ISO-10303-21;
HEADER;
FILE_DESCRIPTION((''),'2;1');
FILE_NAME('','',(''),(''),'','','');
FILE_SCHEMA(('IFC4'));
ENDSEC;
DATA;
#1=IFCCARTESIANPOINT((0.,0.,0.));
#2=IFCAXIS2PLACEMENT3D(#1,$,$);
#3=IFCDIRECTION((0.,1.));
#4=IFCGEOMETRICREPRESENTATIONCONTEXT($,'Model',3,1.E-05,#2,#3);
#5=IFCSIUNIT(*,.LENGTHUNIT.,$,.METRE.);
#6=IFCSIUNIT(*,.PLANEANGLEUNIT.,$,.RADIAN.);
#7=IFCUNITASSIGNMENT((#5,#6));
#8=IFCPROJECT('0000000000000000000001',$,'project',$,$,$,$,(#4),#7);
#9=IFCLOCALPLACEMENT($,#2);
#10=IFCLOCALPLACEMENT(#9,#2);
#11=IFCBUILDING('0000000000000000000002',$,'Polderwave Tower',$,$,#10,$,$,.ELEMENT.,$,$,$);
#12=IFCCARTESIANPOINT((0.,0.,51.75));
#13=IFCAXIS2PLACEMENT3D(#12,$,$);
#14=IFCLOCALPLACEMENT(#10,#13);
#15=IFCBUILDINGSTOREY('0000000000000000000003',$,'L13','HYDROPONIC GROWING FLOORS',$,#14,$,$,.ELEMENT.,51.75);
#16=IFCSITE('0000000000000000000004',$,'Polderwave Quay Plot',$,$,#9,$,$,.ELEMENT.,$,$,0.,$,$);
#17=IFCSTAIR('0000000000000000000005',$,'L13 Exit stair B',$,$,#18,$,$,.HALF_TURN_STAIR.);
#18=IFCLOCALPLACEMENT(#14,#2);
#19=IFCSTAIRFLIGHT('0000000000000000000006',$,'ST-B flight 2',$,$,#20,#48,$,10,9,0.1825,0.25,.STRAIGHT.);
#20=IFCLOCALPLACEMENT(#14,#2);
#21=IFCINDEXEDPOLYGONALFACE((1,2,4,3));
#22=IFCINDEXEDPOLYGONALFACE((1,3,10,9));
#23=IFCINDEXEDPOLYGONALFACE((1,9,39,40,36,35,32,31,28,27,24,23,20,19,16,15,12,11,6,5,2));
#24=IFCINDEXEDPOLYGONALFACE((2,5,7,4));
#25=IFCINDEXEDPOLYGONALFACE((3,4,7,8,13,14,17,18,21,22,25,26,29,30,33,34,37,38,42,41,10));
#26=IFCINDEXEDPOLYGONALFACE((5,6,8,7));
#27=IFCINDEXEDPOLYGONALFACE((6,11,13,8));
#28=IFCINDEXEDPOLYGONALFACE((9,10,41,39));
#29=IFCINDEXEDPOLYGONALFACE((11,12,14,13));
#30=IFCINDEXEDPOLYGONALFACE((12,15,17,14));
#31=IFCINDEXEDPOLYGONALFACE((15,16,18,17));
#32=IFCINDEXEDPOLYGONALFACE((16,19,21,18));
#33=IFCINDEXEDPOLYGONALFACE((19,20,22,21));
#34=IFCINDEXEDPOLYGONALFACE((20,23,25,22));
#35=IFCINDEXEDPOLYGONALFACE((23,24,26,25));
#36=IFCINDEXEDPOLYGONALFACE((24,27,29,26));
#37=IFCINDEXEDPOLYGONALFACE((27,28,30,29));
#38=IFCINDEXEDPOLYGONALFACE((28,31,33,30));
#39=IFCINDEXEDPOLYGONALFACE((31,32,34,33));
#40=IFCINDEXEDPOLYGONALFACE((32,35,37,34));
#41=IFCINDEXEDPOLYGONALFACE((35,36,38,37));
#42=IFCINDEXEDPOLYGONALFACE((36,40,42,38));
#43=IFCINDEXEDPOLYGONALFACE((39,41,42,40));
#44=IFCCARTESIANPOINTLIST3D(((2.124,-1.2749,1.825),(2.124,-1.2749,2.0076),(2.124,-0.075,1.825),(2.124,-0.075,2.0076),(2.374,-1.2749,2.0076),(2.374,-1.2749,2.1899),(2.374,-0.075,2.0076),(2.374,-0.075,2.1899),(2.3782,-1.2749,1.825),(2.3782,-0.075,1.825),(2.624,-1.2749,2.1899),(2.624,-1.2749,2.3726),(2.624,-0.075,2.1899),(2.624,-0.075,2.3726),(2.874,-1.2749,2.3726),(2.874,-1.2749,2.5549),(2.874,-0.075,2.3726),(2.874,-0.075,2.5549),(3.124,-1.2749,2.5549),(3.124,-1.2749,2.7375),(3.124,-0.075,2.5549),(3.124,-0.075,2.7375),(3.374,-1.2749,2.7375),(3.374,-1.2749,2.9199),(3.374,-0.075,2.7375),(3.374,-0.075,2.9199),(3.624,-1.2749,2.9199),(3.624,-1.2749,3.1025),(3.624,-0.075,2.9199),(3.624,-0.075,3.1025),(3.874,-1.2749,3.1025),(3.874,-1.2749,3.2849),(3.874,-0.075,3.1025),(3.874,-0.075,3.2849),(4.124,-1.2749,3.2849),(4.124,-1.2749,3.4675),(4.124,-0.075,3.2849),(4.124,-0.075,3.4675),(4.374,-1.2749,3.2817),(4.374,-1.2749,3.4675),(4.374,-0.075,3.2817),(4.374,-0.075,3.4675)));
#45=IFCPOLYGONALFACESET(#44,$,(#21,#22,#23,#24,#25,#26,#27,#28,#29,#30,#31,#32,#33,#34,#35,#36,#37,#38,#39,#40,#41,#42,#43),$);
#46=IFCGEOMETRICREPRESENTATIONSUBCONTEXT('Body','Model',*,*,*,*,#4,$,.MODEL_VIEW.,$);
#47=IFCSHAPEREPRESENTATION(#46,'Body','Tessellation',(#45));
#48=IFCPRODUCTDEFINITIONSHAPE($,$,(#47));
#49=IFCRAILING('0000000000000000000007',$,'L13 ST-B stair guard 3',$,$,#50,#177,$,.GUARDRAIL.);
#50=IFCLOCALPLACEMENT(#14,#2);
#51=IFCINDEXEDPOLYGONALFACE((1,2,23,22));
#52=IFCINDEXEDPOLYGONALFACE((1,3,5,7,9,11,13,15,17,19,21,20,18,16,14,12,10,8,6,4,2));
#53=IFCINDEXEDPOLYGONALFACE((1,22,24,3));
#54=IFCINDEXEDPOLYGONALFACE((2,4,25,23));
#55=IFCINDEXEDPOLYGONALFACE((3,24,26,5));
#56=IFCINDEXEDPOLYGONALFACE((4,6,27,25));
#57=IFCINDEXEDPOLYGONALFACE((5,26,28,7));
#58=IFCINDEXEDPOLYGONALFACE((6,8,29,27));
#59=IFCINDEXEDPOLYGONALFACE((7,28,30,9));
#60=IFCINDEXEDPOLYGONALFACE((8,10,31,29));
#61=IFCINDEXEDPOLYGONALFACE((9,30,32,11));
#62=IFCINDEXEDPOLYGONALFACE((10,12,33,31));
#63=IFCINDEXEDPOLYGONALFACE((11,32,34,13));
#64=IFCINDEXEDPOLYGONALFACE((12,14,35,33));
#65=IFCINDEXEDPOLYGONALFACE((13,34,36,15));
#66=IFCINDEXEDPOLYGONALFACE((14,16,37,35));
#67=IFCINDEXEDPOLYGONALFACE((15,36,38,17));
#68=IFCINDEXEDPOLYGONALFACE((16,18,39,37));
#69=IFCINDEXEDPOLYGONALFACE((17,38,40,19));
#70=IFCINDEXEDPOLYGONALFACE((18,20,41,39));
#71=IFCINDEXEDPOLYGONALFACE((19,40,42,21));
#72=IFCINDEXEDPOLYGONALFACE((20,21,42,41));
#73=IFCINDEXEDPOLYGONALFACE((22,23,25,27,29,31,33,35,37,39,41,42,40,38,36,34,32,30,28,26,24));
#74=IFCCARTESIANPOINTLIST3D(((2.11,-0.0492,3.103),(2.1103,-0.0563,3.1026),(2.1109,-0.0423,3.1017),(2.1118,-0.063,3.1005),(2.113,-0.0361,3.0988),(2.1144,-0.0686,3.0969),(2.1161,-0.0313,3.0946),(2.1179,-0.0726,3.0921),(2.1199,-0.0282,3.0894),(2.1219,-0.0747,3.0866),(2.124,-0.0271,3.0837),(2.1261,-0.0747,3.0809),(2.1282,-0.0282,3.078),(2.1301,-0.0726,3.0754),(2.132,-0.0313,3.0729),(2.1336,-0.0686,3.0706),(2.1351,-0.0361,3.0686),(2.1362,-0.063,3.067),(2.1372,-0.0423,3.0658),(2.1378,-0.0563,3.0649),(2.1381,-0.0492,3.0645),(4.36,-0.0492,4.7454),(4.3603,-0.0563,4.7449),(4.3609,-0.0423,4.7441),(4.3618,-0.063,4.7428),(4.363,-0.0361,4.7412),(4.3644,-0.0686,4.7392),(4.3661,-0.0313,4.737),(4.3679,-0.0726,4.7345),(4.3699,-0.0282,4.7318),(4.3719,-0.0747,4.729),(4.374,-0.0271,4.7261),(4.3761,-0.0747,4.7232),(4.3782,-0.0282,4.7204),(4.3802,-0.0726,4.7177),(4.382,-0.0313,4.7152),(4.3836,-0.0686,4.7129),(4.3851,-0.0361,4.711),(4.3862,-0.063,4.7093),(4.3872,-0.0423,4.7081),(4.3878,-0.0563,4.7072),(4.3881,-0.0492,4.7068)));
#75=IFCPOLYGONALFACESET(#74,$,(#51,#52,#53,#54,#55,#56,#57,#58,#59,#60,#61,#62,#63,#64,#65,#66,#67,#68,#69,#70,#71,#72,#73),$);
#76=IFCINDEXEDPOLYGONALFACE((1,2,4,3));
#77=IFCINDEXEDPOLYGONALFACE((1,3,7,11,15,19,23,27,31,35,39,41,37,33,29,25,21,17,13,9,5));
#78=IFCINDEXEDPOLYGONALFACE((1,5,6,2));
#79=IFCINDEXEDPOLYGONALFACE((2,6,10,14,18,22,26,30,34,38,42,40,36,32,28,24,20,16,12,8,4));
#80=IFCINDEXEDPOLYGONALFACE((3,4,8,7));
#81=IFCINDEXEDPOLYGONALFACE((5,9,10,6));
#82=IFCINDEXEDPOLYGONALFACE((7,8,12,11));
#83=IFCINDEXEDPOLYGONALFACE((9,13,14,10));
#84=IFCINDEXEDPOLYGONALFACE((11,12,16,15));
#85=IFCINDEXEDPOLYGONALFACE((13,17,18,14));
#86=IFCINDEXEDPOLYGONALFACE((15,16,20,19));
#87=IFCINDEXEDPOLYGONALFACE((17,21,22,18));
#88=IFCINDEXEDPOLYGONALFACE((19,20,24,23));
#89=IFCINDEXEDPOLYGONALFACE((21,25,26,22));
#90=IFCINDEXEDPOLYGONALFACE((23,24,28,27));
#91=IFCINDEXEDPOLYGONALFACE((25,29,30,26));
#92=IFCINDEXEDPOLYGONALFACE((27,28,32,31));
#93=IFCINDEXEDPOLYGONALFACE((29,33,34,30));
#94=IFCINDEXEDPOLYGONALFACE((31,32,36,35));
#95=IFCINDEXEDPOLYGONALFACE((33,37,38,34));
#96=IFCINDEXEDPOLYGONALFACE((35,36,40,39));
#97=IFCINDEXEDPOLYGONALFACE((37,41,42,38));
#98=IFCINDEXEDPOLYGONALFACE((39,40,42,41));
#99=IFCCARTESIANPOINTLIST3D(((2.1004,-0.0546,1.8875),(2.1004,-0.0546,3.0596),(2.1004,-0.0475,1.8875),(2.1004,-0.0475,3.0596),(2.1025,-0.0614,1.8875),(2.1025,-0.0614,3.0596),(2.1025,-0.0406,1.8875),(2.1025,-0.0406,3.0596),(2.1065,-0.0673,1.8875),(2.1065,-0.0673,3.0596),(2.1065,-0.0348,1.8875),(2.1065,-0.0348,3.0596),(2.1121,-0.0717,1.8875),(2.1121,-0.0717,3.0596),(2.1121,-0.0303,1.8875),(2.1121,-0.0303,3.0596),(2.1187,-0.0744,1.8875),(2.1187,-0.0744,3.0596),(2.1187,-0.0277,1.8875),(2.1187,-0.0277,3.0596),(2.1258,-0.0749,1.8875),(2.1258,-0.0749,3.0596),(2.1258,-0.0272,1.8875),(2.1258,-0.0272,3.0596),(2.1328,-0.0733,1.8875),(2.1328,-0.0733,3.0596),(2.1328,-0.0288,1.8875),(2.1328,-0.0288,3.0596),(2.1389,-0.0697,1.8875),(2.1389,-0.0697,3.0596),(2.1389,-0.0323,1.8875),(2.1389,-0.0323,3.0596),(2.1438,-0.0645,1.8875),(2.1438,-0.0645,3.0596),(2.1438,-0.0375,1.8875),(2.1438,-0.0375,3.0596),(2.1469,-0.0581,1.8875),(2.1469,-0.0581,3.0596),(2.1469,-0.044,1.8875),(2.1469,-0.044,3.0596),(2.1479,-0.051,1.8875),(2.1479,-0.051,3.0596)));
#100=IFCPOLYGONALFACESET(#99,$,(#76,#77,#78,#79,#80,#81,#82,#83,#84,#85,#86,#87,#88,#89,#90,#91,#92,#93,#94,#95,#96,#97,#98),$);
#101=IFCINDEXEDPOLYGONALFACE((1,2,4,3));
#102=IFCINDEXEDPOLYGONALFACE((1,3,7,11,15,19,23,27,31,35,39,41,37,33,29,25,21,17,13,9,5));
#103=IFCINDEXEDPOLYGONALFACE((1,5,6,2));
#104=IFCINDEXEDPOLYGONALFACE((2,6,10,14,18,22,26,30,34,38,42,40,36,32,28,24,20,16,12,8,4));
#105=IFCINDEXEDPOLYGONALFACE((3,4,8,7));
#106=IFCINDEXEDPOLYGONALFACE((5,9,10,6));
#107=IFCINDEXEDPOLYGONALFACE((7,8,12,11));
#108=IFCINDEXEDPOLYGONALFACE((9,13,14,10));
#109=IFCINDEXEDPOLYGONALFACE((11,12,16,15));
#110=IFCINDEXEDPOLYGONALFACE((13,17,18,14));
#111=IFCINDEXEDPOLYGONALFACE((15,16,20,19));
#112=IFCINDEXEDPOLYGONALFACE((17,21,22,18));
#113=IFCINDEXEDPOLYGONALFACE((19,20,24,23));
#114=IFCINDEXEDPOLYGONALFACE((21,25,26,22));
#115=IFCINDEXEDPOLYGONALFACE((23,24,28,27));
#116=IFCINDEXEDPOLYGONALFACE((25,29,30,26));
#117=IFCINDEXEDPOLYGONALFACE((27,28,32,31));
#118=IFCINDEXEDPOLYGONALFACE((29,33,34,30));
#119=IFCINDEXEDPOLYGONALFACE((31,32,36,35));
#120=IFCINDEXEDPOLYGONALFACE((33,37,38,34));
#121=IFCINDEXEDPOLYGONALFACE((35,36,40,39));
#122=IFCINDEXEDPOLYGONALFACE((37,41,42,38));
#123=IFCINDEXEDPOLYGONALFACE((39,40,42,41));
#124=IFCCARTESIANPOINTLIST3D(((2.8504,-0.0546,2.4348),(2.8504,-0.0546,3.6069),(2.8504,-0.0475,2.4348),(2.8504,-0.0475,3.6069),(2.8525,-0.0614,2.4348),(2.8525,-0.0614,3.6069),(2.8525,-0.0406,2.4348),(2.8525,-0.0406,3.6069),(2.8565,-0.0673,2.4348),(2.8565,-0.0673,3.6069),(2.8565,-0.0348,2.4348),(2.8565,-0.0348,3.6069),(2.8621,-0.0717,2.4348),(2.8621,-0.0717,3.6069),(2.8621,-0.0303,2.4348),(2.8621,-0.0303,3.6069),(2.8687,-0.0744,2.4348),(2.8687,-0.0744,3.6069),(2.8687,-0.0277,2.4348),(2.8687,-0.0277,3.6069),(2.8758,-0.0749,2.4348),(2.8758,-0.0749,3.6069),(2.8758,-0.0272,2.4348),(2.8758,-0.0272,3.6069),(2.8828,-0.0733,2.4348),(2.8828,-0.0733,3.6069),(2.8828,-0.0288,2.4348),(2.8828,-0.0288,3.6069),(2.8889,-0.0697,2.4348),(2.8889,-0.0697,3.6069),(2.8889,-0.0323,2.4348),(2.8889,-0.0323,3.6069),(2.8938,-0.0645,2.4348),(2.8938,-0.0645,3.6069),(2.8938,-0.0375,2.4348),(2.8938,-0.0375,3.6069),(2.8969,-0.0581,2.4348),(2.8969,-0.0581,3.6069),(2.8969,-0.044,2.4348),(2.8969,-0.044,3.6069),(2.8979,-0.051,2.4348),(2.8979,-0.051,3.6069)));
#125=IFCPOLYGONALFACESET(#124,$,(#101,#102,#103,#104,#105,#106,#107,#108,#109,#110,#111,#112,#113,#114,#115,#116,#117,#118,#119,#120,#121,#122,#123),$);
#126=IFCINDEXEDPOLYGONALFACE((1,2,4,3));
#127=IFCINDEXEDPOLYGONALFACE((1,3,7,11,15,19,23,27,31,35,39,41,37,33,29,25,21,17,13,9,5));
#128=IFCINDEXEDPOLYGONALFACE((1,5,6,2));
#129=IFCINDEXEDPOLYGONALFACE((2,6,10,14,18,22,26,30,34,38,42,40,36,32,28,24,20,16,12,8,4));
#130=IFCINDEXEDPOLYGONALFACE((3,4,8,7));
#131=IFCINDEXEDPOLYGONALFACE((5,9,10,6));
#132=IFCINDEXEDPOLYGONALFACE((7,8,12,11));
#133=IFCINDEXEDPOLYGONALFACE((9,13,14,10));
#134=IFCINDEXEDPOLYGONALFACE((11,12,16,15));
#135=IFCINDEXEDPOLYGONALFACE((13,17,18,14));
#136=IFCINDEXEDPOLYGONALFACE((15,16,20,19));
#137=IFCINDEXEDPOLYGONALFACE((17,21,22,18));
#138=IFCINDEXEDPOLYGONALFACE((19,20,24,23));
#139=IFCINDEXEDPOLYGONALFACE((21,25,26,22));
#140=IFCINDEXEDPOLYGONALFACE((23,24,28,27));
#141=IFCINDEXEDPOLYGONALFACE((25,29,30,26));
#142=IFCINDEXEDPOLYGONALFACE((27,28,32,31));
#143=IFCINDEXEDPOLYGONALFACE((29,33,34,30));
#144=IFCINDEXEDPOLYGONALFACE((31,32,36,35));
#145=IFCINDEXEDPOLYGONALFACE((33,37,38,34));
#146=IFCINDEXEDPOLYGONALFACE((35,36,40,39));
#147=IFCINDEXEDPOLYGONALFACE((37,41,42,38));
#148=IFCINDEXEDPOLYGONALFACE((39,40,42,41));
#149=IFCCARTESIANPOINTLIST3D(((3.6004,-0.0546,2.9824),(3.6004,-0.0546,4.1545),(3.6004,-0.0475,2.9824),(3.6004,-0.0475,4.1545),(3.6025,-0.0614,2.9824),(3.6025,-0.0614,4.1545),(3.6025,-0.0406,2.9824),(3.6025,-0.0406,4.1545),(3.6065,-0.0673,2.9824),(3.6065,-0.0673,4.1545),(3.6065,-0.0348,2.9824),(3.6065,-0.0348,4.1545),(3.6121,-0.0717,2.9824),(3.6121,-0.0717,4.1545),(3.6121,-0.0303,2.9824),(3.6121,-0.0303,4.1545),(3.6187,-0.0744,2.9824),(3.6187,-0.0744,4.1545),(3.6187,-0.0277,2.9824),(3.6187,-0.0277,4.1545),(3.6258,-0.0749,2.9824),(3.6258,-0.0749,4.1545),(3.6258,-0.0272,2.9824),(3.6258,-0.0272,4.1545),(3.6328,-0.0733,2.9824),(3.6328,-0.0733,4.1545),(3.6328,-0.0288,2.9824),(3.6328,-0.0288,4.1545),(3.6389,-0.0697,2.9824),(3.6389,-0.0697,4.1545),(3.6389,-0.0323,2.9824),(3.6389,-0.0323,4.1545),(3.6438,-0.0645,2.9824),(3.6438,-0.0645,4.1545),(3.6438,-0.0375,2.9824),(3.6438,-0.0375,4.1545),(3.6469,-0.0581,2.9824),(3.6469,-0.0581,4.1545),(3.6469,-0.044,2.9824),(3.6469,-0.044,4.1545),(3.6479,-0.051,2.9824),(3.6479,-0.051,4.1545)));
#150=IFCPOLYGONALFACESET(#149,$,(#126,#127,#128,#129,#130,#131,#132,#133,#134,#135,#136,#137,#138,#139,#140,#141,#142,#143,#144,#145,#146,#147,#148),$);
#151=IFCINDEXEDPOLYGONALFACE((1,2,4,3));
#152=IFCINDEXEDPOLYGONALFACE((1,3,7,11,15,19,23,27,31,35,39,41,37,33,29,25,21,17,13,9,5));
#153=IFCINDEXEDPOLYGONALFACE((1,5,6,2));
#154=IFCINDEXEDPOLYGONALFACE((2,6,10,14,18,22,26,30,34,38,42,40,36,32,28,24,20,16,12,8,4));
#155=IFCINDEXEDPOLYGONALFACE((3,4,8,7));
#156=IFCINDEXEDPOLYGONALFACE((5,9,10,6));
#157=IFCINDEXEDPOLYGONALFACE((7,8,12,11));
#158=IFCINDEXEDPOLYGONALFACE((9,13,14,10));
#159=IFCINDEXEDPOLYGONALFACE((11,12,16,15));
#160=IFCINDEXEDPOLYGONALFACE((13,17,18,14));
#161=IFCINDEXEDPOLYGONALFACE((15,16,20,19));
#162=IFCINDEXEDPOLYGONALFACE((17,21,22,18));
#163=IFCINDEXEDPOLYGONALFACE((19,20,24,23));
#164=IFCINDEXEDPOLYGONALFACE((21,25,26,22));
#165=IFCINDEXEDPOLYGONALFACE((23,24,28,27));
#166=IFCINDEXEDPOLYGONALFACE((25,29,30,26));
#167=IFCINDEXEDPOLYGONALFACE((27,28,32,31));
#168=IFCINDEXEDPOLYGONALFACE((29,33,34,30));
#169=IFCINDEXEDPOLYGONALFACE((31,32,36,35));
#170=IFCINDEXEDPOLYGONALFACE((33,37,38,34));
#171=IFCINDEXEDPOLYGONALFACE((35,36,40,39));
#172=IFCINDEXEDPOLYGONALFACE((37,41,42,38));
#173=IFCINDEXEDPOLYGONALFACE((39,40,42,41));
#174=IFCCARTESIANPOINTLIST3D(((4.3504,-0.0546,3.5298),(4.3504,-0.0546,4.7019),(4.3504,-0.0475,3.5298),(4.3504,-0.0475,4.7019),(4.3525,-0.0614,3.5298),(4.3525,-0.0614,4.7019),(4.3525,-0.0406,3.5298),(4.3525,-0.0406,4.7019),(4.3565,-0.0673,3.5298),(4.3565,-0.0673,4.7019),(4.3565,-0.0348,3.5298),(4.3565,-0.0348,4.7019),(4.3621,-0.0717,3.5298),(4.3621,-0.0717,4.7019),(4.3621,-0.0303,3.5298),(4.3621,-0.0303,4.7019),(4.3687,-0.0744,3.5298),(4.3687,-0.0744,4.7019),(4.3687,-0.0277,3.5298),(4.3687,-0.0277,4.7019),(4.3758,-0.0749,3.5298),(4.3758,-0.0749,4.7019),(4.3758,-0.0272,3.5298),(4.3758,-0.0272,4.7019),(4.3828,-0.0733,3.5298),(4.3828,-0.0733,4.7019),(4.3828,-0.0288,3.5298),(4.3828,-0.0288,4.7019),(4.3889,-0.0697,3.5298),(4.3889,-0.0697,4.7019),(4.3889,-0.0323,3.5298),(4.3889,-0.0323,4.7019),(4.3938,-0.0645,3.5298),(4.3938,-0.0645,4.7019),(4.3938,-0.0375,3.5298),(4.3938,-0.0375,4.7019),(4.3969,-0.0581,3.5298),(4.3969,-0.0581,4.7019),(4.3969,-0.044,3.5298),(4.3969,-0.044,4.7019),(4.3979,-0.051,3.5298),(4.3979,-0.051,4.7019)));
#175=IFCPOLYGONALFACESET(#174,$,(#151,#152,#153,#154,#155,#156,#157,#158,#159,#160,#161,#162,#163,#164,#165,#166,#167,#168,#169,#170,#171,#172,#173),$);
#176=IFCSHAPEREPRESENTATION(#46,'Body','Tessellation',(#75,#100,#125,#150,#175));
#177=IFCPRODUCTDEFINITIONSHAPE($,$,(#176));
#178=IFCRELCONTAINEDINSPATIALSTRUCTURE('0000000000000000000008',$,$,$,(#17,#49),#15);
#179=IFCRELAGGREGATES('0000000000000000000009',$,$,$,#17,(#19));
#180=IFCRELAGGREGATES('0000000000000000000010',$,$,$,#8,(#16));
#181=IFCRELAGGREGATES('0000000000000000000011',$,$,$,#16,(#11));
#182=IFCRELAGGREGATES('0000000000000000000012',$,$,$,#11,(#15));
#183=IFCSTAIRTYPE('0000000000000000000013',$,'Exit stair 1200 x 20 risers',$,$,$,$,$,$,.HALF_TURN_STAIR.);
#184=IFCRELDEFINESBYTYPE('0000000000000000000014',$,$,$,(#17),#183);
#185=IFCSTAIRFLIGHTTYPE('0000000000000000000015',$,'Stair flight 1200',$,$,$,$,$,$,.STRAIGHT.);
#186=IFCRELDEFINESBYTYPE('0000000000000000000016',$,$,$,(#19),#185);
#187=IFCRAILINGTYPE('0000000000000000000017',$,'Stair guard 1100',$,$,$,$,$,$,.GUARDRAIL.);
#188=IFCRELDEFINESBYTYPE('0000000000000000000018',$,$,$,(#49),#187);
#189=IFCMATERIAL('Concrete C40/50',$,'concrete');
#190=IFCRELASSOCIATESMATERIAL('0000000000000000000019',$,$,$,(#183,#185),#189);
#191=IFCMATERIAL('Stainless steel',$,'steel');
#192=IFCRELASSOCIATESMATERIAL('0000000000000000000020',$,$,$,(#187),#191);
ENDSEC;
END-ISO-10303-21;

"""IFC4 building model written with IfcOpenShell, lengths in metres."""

from ifc_helpers import new_model, si_unit, direction, frame, origin, origin_2d, place, context, subcontext, project, spatial, polyline, circle, outline, extrude, material, type_object, element, aggregate, save


model = new_model("IFC4")

# Units and contexts
model_context = context("Model", 3, precision=1e-05, world=origin(), true_north=direction((0.0, 1.0)))
body_context = subcontext(model_context, "Body", "Model", "MODEL_VIEW")
ifc_project = project(units=[si_unit("LENGTHUNIT", "METRE"), si_unit("PLANEANGLEUNIT", "RADIAN")], contexts=[model_context])

# Site, building, storey
site_placement = place(None, origin())
site = spatial("IfcSite", under=ifc_project, at=site_placement, Name="Polderwave Quay Plot", CompositionType="ELEMENT", RefElevation=0.0)
building_placement = place(site_placement, origin())
building = spatial("IfcBuilding", under=site, at=building_placement, Name="Polderwave Tower", CompositionType="ELEMENT")
storey_placement = place(building_placement, frame((0.0, 0.0, 51.75)))
storey = spatial("IfcBuildingStorey", under=building, at=storey_placement, Name="L13", Description="HYDROPONIC GROWING FLOORS", CompositionType="ELEMENT", Elevation=51.75)

# Stair, stair flight
ifc_material_1 = material(Name="Concrete C40/50", Category="concrete")
stair_type = type_object("IfcStairType", Name="Exit stair 1200 x 20 risers", PredefinedType="HALF_TURN_STAIR", material=ifc_material_1)
stair_placement = place(storey_placement, origin())
stair = element("IfcStair", 1, at=stair_placement, inside=storey, type_object=stair_type, Name="L13 Exit stair B", PredefinedType="HALF_TURN_STAIR")
stair_flight_type = type_object("IfcStairFlightType", Name="Stair flight 1200", PredefinedType="STRAIGHT", material=ifc_material_1)
stair_flight_placement = place(storey_placement, frame((2.124, -0.675, 1.825), z_axis=(0.0, 0.0, 1.0), x_axis=(1.0, 0.0, 0.0)))
stair_flight = element("IfcStairFlight", 2, at=stair_flight_placement, type_object=stair_flight_type, Name="ST-B flight 2", NumberOfRisers=10, NumberOfTreads=9, PredefinedType="STRAIGHT", RiserHeight=0.1825, TreadLength=0.25, context=body_context, shape_type="SweptSolid", body=[
    extrude(outline(polyline([(0.0, 0.0), (0.0, 0.1826), (0.25, 0.1826), (0.25, 0.365), (0.5, 0.365), (0.5, 0.5476), (0.75, 0.5476), (0.75, 0.73), (1.0, 0.73), (1.0, 0.9126), (1.25, 0.9126), (1.25, 1.095), (1.5, 1.095), (1.5, 1.2776), (1.75, 1.2776), (1.75, 1.46), (2.0, 1.46), (2.0, 1.6426), (2.25, 1.6426), (2.25, 1.825), (2.25, 1.4568), (0.2542, 0.0), (0.0, 0.0)])), frame((0.0, 0.6001, 0.0), z_axis=(0.0, -1.0, 0.0), x_axis=(1.0, 0.0, 0.0)), (0.0, 0.0, 1.0), 1.2),
])
aggregate(stair, [stair_flight])

# Railing
ifc_material_2 = material(Name="Stainless steel", Category="steel")
railing_type_1 = type_object("IfcRailingType", Name="Stair guard 1100", PredefinedType="GUARDRAIL", material=ifc_material_2)
railing_1_placement = place(storey_placement, frame((2.124, -0.051, 1.8875)))
element("IfcRailing", 3, at=railing_1_placement, inside=storey, type_object=railing_type_1, Name="L13 ST-B stair guard 3", PredefinedType="GUARDRAIL", context=body_context, shape_type="SweptSolid", body=[
    extrude(circle(Radius=0.0239, at=origin_2d()), frame((0.0, 0.0, 1.1963), z_axis=(0.807715, 0.0, 0.589573), x_axis=(0.0, 1.0, 0.0)), (0.0, 0.0, 1.0), 2.7856),
    extrude(circle(Radius=0.0239, at=origin_2d()), origin(), (0.0, 0.0, 1.0), 1.1721),
    extrude(circle(Radius=0.0239, at=origin_2d()), frame((0.75, 0.0, 0.5474)), (0.0, 0.0, 1.0), 1.1721),
    extrude(circle(Radius=0.0239, at=origin_2d()), frame((1.5, 0.0, 1.095)), (0.0, 0.0, 1.0), 1.1721),
    extrude(circle(Radius=0.0239, at=origin_2d()), frame((2.25, 0.0, 1.6423)), (0.0, 0.0, 1.0), 1.1721),
])

save(model, "model.ifc")
